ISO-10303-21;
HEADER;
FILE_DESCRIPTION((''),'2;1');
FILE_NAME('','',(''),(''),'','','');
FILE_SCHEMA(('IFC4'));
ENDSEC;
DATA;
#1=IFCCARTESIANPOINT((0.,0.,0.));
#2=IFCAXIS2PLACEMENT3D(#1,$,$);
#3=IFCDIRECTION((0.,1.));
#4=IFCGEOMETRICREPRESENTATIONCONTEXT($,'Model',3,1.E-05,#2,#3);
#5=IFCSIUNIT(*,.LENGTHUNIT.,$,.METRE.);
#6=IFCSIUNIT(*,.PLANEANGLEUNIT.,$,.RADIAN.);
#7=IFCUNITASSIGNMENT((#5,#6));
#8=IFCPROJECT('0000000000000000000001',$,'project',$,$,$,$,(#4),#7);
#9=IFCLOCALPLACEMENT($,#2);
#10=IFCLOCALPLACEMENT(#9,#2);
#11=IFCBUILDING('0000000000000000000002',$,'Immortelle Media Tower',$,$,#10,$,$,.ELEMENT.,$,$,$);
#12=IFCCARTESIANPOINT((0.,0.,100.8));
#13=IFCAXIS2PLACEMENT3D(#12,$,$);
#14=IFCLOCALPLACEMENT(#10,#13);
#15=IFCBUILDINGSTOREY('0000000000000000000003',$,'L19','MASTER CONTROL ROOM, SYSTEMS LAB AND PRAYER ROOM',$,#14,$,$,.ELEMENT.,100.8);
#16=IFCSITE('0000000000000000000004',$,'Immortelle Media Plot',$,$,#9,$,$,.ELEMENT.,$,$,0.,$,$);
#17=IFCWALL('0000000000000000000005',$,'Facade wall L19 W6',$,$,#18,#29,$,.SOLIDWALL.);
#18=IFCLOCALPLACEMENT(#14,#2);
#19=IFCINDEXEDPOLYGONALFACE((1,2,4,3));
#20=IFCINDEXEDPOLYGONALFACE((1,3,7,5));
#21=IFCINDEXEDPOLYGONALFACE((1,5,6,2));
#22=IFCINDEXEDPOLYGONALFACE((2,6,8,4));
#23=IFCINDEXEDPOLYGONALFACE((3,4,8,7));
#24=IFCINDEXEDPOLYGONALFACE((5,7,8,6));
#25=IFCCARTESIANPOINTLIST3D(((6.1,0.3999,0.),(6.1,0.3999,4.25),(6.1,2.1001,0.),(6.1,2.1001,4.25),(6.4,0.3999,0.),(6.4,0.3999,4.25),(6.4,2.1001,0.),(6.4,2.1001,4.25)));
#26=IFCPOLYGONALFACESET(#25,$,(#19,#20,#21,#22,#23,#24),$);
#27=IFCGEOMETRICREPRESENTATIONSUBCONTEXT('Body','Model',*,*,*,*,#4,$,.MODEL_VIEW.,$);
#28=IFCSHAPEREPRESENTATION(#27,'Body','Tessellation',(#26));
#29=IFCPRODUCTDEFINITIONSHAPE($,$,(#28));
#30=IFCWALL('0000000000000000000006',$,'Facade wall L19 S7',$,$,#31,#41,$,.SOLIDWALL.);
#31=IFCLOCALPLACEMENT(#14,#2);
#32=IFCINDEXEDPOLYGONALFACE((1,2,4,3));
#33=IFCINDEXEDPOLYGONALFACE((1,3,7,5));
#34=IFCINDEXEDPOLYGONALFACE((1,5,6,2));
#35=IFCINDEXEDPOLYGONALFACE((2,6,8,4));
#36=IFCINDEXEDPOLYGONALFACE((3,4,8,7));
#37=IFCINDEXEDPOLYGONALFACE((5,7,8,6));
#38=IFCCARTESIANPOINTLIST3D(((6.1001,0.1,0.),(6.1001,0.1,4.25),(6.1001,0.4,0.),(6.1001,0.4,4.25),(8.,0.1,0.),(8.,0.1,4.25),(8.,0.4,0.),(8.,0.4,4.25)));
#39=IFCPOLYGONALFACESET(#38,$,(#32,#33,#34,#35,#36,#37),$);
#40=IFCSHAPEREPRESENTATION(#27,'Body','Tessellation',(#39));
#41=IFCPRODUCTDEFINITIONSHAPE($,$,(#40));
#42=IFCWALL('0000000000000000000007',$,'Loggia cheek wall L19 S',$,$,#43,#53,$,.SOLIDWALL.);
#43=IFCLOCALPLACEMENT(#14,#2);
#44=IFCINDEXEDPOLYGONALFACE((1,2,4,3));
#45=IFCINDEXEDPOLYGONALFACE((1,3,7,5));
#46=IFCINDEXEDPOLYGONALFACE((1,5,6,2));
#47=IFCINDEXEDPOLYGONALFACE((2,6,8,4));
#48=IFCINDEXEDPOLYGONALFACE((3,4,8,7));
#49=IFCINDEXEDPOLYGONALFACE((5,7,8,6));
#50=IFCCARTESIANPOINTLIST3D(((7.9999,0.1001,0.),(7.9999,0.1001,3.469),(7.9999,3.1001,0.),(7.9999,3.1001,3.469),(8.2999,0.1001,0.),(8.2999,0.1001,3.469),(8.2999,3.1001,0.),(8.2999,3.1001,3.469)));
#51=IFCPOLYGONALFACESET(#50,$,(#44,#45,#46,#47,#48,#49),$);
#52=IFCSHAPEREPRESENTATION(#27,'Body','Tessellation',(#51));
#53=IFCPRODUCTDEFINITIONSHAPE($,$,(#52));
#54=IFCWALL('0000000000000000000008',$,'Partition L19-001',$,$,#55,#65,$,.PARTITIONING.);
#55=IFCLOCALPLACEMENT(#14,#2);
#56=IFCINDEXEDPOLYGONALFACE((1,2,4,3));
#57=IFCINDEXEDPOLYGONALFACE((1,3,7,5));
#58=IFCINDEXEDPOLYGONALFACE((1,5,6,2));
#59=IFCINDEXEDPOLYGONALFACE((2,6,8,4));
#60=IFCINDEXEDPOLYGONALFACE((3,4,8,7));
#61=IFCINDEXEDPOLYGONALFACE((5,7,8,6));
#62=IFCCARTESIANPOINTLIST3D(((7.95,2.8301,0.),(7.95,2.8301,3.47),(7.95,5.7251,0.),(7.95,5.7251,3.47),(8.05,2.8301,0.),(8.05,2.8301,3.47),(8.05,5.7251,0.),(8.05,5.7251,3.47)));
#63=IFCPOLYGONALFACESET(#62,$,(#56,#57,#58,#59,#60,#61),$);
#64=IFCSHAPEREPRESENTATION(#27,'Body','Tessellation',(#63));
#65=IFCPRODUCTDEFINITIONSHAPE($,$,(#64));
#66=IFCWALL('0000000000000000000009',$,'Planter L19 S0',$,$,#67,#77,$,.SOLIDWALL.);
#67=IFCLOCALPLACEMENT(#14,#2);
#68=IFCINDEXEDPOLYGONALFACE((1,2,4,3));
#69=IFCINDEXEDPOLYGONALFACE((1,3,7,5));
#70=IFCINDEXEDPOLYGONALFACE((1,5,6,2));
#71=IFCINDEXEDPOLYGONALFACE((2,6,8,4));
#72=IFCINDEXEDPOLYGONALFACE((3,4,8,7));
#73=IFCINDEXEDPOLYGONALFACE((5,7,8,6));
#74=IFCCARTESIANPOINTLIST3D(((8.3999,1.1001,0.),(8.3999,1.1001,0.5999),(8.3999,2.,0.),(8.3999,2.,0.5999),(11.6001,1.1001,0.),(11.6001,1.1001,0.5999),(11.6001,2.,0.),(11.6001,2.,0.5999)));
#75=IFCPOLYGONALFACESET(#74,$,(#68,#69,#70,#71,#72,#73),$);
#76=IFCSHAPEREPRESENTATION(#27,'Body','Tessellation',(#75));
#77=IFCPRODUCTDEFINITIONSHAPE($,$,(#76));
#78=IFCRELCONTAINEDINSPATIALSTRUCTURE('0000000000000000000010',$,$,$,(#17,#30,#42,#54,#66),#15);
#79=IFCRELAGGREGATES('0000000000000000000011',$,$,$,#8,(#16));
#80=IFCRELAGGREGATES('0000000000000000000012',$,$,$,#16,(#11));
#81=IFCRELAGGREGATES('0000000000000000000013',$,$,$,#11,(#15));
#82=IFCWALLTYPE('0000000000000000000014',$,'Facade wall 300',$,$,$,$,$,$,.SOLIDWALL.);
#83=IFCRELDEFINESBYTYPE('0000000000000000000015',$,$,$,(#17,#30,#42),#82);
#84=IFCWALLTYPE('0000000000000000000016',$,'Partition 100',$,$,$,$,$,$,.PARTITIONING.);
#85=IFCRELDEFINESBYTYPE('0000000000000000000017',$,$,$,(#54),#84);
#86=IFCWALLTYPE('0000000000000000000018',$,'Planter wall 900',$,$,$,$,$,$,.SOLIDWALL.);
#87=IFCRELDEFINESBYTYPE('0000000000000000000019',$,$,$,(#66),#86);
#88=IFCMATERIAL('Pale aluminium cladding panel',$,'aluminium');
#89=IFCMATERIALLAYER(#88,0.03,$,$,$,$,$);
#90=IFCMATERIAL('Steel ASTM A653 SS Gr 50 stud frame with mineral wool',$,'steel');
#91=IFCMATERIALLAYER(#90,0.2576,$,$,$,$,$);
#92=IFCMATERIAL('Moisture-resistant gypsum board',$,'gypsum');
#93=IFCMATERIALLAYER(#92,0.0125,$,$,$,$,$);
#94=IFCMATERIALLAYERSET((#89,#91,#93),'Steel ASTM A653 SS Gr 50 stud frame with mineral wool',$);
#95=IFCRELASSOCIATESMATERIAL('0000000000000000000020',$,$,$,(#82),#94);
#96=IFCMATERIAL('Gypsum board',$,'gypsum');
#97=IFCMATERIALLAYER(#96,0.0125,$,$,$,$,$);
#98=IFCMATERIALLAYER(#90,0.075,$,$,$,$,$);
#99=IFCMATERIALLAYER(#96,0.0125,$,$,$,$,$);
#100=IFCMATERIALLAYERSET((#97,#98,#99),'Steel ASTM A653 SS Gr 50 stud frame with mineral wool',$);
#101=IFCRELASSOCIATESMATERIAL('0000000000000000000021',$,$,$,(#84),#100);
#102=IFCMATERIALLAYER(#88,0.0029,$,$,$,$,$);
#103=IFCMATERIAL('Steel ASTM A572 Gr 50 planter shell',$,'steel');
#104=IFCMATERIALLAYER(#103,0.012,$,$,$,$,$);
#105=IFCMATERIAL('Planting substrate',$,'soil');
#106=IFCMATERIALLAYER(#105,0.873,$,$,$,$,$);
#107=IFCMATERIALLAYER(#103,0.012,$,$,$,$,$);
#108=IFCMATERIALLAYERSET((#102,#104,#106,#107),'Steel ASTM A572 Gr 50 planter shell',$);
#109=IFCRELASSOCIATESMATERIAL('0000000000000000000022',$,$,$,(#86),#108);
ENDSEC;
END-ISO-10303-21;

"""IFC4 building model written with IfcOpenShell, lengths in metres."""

from ifc_helpers import new_model, si_unit, direction, frame, frame_2d, origin, place, context, subcontext, project, spatial, rectangle, extrude, material, layer, layer_set, type_object, element, save


model = new_model("IFC4")

# Units and contexts
model_context = context("Model", 3, precision=1e-05, world=origin(), true_north=direction((0.0, 1.0)))
body_context = subcontext(model_context, "Body", "Model", "MODEL_VIEW")
ifc_project = project(units=[si_unit("LENGTHUNIT", "METRE"), si_unit("PLANEANGLEUNIT", "RADIAN")], contexts=[model_context])

# Site, building, storey
site_placement = place(None, origin())
site = spatial("IfcSite", under=ifc_project, at=site_placement, Name="Immortelle Media Plot", CompositionType="ELEMENT", RefElevation=0.0)
building_placement = place(site_placement, origin())
building = spatial("IfcBuilding", under=site, at=building_placement, Name="Immortelle Media Tower", CompositionType="ELEMENT")
storey_placement = place(building_placement, frame((0.0, 0.0, 100.8)))
storey = spatial("IfcBuildingStorey", under=building, at=storey_placement, Name="L19", Description="MASTER CONTROL ROOM, SYSTEMS LAB AND PRAYER ROOM", CompositionType="ELEMENT", Elevation=100.8)

# Walls
ifc_material_1 = material(Name="Pale aluminium cladding panel", Category="aluminium")
ifc_layer_1 = layer(ifc_material_1, 0.03)
ifc_material_2 = material(Name="Steel ASTM A653 SS Gr 50 stud frame with mineral wool", Category="steel")
ifc_layer_2 = layer(ifc_material_2, 0.2576)
ifc_material_3 = material(Name="Moisture-resistant gypsum board", Category="gypsum")
ifc_layer_3 = layer(ifc_material_3, 0.0125)
ifc_layer_set_1 = layer_set([ifc_layer_1, ifc_layer_2, ifc_layer_3], Name="Steel ASTM A653 SS Gr 50 stud frame with mineral wool")
wall_type_1 = type_object("IfcWallType", Name="Facade wall 300", PredefinedType="SOLIDWALL", material=ifc_layer_set_1)
wall_1_placement = place(storey_placement, frame((6.25, 2.1001, 0.0), z_axis=(0.0, 0.0, 1.0), x_axis=(0.0, -1.0, 0.0)))
element("IfcWall", 1, at=wall_1_placement, inside=storey, type_object=wall_type_1, Name="Facade wall L19 W6", PredefinedType="SOLIDWALL", context=body_context, shape_type="SweptSolid", body=[
    extrude(rectangle(XDim=1.7002, YDim=0.3, at=frame_2d((0.8501, 0.0))), origin(), (0.0, 0.0, 1.0), 4.25),
])
wall_2_placement = place(storey_placement, frame((6.1001, 0.25, 0.0), z_axis=(0.0, 0.0, 1.0), x_axis=(1.0, 0.0, 0.0)))
element("IfcWall", 2, at=wall_2_placement, inside=storey, type_object=wall_type_1, Name="Facade wall L19 S7", PredefinedType="SOLIDWALL", context=body_context, shape_type="SweptSolid", body=[
    extrude(rectangle(XDim=1.8999, YDim=0.3, at=frame_2d((0.95, 0.0))), origin(), (0.0, 0.0, 1.0), 4.25),
])

# Walls
wall_3_placement = place(storey_placement, frame((8.1499, 0.1001, 0.0), z_axis=(0.0, 0.0, 1.0), x_axis=(0.0, 1.0, 0.0)))
element("IfcWall", 3, at=wall_3_placement, inside=storey, type_object=wall_type_1, Name="Loggia cheek wall L19 S", PredefinedType="SOLIDWALL", context=body_context, shape_type="SweptSolid", body=[
    extrude(rectangle(XDim=3.0, YDim=0.3, at=frame_2d((1.5, 0.0))), origin(), (0.0, 0.0, 1.0), 3.469),
])
ifc_material_4 = material(Name="Gypsum board", Category="gypsum")
ifc_layer_4 = layer(ifc_material_4, 0.0125)
ifc_layer_5 = layer(ifc_material_2, 0.075)
ifc_layer_6 = layer(ifc_material_4, 0.0125)
ifc_layer_set_2 = layer_set([ifc_layer_4, ifc_layer_5, ifc_layer_6], Name="Steel ASTM A653 SS Gr 50 stud frame with mineral wool")
wall_type_2 = type_object("IfcWallType", Name="Partition 100", PredefinedType="PARTITIONING", material=ifc_layer_set_2)
wall_4_placement = place(storey_placement, frame((8.0, 2.8301, 0.0), z_axis=(0.0, 0.0, 1.0), x_axis=(0.0, 1.0, 0.0)))
element("IfcWall", 4, at=wall_4_placement, inside=storey, type_object=wall_type_2, Name="Partition L19-001", PredefinedType="PARTITIONING", context=body_context, shape_type="SweptSolid", body=[
    extrude(rectangle(XDim=2.895, YDim=0.1001, at=frame_2d((1.4475, 0.0))), origin(), (0.0, 0.0, 1.0), 3.47),
])
ifc_layer_7 = layer(ifc_material_1, 0.0029)
ifc_material_5 = material(Name="Steel ASTM A572 Gr 50 planter shell", Category="steel")
ifc_layer_8 = layer(ifc_material_5, 0.012)
ifc_material_6 = material(Name="Planting substrate", Category="soil")
ifc_layer_9 = layer(ifc_material_6, 0.873)
ifc_layer_10 = layer(ifc_material_5, 0.012)
ifc_layer_set_3 = layer_set([ifc_layer_7, ifc_layer_8, ifc_layer_9, ifc_layer_10], Name="Steel ASTM A572 Gr 50 planter shell")
wall_type_3 = type_object("IfcWallType", Name="Planter wall 900", PredefinedType="SOLIDWALL", material=ifc_layer_set_3)
wall_5_placement = place(storey_placement, frame((8.3999, 1.55, 0.0), z_axis=(0.0, 0.0, 1.0), x_axis=(1.0, 0.0, 0.0)))
element("IfcWall", 5, at=wall_5_placement, inside=storey, type_object=wall_type_3, Name="Planter L19 S0", PredefinedType="SOLIDWALL", context=body_context, shape_type="SweptSolid", body=[
    extrude(rectangle(XDim=3.2002, YDim=0.8999, at=frame_2d((1.6001, 0.0))), origin(), (0.0, 0.0, 1.0), 0.5999),
])

save(model, "model.ifc")
